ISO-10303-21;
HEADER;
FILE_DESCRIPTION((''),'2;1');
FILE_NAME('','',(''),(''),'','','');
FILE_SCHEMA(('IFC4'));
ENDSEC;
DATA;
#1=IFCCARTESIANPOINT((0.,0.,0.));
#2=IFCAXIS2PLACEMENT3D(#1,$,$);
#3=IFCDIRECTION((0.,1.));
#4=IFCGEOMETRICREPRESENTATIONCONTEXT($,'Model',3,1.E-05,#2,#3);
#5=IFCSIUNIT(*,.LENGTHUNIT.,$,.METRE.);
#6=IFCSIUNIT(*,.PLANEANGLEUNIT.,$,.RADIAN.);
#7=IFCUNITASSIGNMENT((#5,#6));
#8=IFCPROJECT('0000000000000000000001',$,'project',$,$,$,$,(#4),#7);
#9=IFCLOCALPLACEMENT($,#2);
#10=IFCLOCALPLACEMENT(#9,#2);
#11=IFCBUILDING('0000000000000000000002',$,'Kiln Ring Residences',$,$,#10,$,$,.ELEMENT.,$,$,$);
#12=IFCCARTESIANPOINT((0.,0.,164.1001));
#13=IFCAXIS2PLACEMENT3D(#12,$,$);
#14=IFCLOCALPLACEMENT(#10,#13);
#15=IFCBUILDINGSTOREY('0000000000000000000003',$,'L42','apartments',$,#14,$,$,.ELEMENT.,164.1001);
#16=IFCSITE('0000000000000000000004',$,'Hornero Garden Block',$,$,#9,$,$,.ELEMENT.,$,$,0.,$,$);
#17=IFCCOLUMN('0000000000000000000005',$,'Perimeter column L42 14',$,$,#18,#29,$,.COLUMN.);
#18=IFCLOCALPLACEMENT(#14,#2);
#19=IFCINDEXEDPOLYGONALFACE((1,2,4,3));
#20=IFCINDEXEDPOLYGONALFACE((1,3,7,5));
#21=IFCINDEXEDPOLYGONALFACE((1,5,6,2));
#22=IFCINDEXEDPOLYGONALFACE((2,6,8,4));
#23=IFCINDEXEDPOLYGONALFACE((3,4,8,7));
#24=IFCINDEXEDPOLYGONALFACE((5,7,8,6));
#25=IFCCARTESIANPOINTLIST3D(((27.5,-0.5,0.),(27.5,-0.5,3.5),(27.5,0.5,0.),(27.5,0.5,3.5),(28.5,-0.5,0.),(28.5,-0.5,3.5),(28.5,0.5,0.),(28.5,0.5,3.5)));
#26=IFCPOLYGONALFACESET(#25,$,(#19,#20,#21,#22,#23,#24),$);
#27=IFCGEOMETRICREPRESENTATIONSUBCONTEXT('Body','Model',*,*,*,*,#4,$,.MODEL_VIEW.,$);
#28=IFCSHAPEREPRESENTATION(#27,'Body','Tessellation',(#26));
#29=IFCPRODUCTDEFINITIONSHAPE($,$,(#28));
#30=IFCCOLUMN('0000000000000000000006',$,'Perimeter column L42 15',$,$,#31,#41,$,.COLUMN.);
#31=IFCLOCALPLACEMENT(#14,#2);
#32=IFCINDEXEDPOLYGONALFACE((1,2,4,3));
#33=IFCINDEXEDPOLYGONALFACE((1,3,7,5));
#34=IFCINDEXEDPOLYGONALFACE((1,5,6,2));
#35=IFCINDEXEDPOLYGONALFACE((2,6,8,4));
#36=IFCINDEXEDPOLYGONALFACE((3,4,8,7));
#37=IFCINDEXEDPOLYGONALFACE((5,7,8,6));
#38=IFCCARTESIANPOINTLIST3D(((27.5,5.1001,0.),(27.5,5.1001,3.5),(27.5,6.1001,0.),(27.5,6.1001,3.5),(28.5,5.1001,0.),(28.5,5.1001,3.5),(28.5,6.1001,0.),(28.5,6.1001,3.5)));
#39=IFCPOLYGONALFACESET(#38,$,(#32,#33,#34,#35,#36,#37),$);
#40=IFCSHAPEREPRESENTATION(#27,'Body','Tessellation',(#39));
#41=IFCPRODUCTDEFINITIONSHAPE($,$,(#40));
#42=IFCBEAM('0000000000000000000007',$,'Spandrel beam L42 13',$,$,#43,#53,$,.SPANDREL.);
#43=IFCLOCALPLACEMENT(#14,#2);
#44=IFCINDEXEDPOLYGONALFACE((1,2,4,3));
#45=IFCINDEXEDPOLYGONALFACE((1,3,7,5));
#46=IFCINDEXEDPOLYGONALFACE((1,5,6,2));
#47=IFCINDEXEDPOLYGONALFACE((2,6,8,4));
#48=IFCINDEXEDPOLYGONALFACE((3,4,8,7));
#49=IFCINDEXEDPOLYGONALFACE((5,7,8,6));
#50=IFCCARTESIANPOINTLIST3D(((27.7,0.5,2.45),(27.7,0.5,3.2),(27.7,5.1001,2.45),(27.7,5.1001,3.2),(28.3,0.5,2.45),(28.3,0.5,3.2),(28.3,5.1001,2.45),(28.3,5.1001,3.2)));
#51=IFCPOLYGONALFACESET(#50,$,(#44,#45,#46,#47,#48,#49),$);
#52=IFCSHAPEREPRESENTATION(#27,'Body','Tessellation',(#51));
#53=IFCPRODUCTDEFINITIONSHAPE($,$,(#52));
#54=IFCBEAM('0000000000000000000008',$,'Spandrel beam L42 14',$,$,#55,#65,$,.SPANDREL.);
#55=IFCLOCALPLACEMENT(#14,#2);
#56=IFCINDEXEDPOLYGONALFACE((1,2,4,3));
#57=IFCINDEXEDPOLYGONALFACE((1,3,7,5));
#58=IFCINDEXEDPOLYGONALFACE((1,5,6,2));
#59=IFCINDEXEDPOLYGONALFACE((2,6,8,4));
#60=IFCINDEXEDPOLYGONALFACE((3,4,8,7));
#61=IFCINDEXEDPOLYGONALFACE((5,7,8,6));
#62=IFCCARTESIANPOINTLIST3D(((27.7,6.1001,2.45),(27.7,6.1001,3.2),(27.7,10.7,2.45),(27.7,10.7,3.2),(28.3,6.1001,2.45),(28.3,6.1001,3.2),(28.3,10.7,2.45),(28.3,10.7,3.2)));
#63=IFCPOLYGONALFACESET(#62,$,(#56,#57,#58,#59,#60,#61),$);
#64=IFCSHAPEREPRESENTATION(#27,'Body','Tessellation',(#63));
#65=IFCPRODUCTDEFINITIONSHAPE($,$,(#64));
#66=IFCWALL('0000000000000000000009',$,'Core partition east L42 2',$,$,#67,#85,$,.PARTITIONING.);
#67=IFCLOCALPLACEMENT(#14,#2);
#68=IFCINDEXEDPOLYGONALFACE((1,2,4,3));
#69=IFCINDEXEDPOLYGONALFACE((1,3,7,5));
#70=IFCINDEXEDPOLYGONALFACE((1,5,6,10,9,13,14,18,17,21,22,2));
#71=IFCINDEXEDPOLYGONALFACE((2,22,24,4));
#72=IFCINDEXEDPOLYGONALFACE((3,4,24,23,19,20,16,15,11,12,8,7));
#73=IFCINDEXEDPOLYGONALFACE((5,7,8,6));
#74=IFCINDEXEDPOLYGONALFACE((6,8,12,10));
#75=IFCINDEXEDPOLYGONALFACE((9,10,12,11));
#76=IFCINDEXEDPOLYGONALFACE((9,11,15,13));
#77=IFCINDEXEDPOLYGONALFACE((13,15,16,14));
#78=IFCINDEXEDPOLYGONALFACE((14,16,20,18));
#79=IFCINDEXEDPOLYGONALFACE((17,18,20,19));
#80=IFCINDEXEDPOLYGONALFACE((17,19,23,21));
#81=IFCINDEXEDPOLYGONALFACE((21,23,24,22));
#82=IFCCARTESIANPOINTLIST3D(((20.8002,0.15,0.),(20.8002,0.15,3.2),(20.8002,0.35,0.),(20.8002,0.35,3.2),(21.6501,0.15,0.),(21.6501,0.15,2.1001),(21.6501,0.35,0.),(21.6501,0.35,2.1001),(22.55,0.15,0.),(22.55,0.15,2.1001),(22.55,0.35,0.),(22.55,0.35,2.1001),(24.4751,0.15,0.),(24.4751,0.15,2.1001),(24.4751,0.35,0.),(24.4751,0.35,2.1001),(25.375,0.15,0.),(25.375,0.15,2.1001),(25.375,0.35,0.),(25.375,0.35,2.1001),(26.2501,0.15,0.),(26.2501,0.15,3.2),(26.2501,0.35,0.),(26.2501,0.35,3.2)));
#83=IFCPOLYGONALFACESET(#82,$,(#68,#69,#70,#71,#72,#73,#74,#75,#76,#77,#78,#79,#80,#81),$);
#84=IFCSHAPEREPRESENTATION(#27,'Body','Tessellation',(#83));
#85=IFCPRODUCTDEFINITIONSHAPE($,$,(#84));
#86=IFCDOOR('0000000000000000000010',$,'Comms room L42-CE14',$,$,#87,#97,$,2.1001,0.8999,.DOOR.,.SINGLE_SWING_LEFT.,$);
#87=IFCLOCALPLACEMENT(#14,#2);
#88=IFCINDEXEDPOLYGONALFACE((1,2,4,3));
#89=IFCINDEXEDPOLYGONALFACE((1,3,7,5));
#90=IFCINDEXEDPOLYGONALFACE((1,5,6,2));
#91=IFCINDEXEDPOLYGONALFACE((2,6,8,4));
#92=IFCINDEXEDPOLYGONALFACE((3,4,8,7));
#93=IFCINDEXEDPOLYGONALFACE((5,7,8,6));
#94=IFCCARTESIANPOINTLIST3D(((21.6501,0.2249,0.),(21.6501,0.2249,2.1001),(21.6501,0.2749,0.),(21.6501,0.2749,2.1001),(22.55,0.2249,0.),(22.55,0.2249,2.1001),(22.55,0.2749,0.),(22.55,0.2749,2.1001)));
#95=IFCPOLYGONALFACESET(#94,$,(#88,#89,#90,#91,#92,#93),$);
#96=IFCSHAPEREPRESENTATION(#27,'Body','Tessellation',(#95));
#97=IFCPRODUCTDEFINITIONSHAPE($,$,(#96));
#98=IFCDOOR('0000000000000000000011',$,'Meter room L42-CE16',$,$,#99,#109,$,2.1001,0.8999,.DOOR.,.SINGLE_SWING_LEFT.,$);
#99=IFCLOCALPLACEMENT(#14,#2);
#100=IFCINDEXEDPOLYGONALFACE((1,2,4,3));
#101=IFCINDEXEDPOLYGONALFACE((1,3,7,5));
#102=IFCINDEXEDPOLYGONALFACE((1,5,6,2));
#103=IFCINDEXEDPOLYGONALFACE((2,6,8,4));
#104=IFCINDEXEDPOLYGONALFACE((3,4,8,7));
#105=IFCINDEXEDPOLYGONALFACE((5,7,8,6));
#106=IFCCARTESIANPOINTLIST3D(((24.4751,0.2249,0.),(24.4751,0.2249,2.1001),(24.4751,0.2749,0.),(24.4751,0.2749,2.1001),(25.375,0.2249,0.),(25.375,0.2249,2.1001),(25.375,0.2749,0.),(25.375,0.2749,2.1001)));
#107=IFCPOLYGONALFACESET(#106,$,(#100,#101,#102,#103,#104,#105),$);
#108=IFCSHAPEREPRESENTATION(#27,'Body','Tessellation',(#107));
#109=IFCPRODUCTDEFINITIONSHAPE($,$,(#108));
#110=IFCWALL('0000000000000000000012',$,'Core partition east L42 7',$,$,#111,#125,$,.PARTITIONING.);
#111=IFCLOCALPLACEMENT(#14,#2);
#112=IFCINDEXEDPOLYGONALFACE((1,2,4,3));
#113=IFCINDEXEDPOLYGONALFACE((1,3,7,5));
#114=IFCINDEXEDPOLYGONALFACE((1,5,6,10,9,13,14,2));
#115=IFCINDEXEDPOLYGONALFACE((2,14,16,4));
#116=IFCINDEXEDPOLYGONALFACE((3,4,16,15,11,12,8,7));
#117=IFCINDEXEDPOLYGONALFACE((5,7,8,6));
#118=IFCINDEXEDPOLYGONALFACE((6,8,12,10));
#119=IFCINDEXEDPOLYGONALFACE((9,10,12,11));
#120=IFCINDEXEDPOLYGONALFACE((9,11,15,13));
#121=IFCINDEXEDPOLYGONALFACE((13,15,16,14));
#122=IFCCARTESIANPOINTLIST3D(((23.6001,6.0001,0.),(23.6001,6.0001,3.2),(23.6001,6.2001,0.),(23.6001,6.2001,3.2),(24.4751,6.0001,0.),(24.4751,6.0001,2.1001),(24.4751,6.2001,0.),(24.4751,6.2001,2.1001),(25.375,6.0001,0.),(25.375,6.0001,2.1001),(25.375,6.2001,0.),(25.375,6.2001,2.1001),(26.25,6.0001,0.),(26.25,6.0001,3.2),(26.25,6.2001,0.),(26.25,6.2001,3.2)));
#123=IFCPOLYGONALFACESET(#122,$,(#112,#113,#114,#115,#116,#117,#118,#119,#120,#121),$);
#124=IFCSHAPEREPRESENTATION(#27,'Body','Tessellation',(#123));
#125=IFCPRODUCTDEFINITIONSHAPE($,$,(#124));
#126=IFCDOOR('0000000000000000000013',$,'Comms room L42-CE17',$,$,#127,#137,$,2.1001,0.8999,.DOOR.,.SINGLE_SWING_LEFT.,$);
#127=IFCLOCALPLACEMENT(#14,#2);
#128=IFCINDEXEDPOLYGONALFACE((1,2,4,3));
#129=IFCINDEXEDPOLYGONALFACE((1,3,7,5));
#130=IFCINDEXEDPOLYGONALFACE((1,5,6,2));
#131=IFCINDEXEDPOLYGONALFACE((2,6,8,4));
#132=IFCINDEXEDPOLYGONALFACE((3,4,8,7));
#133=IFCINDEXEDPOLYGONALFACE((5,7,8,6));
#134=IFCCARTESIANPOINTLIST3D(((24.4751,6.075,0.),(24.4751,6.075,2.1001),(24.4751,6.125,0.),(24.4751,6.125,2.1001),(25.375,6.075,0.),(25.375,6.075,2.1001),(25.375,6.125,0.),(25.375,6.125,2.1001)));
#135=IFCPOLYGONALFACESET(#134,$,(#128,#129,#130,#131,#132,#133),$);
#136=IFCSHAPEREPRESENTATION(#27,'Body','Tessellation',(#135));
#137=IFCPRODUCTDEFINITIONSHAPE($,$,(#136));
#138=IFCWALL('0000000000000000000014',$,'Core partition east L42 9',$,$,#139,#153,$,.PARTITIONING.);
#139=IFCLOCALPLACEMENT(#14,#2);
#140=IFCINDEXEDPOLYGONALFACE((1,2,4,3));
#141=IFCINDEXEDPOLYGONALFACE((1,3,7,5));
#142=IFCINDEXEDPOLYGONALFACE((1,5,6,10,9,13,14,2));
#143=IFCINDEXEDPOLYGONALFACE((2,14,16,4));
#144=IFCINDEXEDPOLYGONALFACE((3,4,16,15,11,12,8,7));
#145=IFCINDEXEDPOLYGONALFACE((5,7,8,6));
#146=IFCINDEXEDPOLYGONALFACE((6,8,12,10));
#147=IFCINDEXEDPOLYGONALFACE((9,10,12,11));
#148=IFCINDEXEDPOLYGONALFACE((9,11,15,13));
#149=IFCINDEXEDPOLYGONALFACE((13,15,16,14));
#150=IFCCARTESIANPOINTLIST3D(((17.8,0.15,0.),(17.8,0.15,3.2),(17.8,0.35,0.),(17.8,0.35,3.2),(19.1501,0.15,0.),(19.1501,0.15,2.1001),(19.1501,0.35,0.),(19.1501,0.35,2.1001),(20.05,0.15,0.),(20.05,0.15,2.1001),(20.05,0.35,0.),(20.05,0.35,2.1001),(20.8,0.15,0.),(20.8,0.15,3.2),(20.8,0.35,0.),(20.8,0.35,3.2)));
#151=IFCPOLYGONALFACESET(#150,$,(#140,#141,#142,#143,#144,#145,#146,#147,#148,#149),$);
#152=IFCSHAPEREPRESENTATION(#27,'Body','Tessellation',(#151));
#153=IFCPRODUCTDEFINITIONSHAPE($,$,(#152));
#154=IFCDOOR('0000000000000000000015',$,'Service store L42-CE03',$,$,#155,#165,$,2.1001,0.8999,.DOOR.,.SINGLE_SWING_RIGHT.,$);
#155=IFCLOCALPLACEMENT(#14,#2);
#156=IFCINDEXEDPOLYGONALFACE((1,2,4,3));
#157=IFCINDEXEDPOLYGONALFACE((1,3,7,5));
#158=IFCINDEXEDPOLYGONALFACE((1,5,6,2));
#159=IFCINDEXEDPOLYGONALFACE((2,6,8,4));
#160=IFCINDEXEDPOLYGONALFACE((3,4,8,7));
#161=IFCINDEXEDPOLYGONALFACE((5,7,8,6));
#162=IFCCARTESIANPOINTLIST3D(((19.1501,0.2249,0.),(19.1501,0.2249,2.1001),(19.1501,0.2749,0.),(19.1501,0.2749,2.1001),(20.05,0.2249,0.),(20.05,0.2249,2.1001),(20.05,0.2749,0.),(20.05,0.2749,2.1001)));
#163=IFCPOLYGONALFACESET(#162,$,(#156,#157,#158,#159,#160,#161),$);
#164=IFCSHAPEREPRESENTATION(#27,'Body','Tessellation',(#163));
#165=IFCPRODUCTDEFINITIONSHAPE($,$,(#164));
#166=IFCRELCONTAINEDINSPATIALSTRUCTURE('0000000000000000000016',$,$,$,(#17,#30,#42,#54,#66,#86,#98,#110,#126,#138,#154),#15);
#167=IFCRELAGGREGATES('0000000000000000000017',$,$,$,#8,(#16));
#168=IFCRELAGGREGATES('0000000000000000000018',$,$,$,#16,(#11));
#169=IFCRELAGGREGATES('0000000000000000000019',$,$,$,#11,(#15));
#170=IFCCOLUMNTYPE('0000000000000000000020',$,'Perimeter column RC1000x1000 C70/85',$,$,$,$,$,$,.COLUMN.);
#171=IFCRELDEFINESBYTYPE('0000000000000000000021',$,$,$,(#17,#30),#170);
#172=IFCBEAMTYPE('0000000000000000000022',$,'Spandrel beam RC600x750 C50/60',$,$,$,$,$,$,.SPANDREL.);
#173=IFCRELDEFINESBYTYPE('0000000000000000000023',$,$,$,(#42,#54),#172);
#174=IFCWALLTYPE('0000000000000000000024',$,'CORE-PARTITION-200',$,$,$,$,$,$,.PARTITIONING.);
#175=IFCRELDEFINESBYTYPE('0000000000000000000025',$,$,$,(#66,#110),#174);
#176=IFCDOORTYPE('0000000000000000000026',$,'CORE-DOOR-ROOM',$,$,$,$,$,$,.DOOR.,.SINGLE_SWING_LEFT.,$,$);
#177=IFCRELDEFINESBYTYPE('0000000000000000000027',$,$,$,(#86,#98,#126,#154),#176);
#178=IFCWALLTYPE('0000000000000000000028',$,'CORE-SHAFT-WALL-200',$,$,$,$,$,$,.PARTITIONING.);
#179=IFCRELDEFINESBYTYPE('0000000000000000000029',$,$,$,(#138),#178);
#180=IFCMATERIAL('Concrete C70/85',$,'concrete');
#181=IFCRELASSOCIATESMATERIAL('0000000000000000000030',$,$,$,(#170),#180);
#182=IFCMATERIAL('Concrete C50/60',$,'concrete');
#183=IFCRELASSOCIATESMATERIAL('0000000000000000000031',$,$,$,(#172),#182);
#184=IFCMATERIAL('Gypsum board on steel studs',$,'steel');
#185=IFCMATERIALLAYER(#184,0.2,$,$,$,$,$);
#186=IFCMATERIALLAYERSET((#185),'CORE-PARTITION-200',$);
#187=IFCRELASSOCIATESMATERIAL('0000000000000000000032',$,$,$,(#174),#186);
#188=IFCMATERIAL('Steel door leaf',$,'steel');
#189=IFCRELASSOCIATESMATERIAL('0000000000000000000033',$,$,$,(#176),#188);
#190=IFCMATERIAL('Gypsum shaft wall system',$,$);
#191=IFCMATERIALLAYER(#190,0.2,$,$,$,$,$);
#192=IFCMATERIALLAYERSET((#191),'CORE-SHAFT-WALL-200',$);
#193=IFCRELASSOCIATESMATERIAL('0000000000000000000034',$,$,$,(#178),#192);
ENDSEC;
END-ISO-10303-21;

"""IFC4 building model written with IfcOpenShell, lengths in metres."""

from ifc_helpers import new_model, si_unit, direction, frame, frame_2d, origin, origin_2d, place, context, subcontext, project, spatial, rectangle, extrude, material, layer, layer_set, material_profile, profile_set, type_object, element, fill, save


model = new_model("IFC4")

# Units and contexts
model_context = context("Model", 3, precision=1e-05, world=origin(), true_north=direction((0.0, 1.0)))
body_context = subcontext(model_context, "Body", "Model", "MODEL_VIEW")
ifc_project = project(units=[si_unit("LENGTHUNIT", "METRE"), si_unit("PLANEANGLEUNIT", "RADIAN")], contexts=[model_context])

# Site, building, storey
site_placement = place(None, origin())
site = spatial("IfcSite", under=ifc_project, at=site_placement, Name="Hornero Garden Block", CompositionType="ELEMENT", RefElevation=0.0)
building_placement = place(site_placement, origin())
building = spatial("IfcBuilding", under=site, at=building_placement, Name="Kiln Ring Residences", CompositionType="ELEMENT")
storey_placement = place(building_placement, frame((0.0, 0.0, 164.1001)))
storey = spatial("IfcBuildingStorey", under=building, at=storey_placement, Name="L42", Description="apartments", CompositionType="ELEMENT", Elevation=164.1001)

# Columns
ifc_material_1 = material(Name="Concrete C70/85", Category="concrete")
ifc_material_profile_1 = material_profile(ifc_material_1, rectangle(XDim=1.0, YDim=1.0, at=origin_2d()), Name="RC1000x1000")
ifc_profile_set_1 = profile_set([ifc_material_profile_1], Name="Concrete C70/85")
column_type = type_object("IfcColumnType", Name="Perimeter column RC1000x1000 C70/85", PredefinedType="COLUMN", material=ifc_profile_set_1)
for number, where, z_axis, x_axis, name in (
    (1, (28.0, 0.0, 0.0), (0.0, 0.0, 1.0), (1.0, 0.0, 0.0), "Perimeter column L42 14"),
    (2, (28.0, 5.6001, 0.0), (0.0, 0.0, 1.0), (1.0, 0.0, 0.0), "Perimeter column L42 15"),
):
    element("IfcColumn", number, at=place(storey_placement, frame(where, z_axis=z_axis, x_axis=x_axis)), inside=storey, type_object=column_type, Name=name, PredefinedType="COLUMN", context=body_context, shape_type="SweptSolid", body=[
        extrude(rectangle(XDim=1.0, YDim=1.0, at=origin_2d()), origin(), (0.0, 0.0, 1.0), 3.5),
    ])

# Beams
ifc_material_2 = material(Name="Concrete C50/60", Category="concrete")
ifc_material_profile_2 = material_profile(ifc_material_2, rectangle(XDim=0.6001, YDim=0.75, at=origin_2d()), Name="RC600x750")
ifc_profile_set_2 = profile_set([ifc_material_profile_2], Name="Concrete C50/60")
beam_type = type_object("IfcBeamType", Name="Spandrel beam RC600x750 C50/60", PredefinedType="SPANDREL", material=ifc_profile_set_2)
beam_1_placement = place(storey_placement, frame((28.0, 0.5, 2.825), z_axis=(0.0, 1.0, 0.0), x_axis=(-1.0, 0.0, 0.0)))
element("IfcBeam", 3, at=beam_1_placement, inside=storey, type_object=beam_type, Name="Spandrel beam L42 13", PredefinedType="SPANDREL", context=body_context, shape_type="SweptSolid", body=[
    extrude(rectangle(XDim=0.6001, YDim=0.75, at=origin_2d()), origin(), (0.0, 0.0, 1.0), 4.6001),
])
beam_2_placement = place(storey_placement, frame((28.0, 6.1001, 2.825), z_axis=(0.0, 1.0, 0.0), x_axis=(-1.0, 0.0, 0.0)))
element("IfcBeam", 4, at=beam_2_placement, inside=storey, type_object=beam_type, Name="Spandrel beam L42 14", PredefinedType="SPANDREL", context=body_context, shape_type="SweptSolid", body=[
    extrude(rectangle(XDim=0.6001, YDim=0.75, at=origin_2d()), origin(), (0.0, 0.0, 1.0), 4.5999),
])

# Wall, openings, doors
ifc_material_3 = material(Name="Gypsum board on steel studs", Category="steel")
ifc_layer_1 = layer(ifc_material_3, 0.2)
ifc_layer_set_1 = layer_set([ifc_layer_1], Name="CORE-PARTITION-200")
wall_type_1 = type_object("IfcWallType", Name="CORE-PARTITION-200", PredefinedType="PARTITIONING", material=ifc_layer_set_1)
wall_1_placement = place(storey_placement, frame((20.8, 0.25, 0.0), z_axis=(0.0, 0.0, 1.0), x_axis=(1.0, 0.0, 0.0)))
wall_1 = element("IfcWall", 5, at=wall_1_placement, inside=storey, type_object=wall_type_1, Name="Core partition east L42 2", PredefinedType="PARTITIONING", context=body_context, shape_type="SweptSolid", body=[
    extrude(rectangle(XDim=5.45, YDim=0.2, at=frame_2d((2.7251, 0.0))), origin(), (0.0, 0.0, 1.0), 3.2),
])
opening_1_placement = place(wall_1_placement, frame((0.8501, 0.0, 0.0)))
opening_1 = element("IfcOpeningElement", 6, at=opening_1_placement, cuts=wall_1, PredefinedType="OPENING", context=body_context, shape_type="SweptSolid", body=[
    extrude(rectangle(XDim=0.8999, YDim=2.1001, at=frame_2d((0.45, 1.05))), frame((0.0, 0.1099, 0.0), z_axis=(0.0, -1.0, 0.0), x_axis=(1.0, 0.0, 0.0)), (0.0, 0.0, 1.0), 0.22),
])
opening_2_placement = place(wall_1_placement, frame((3.675, 0.0, 0.0)))
opening_2 = element("IfcOpeningElement", 7, at=opening_2_placement, cuts=wall_1, PredefinedType="OPENING", context=body_context, shape_type="SweptSolid", body=[
    extrude(rectangle(XDim=0.8999, YDim=2.1001, at=frame_2d((0.45, 1.05))), frame((0.0, 0.1099, 0.0), z_axis=(0.0, -1.0, 0.0), x_axis=(1.0, 0.0, 0.0)), (0.0, 0.0, 1.0), 0.22),
])
ifc_material_4 = material(Name="Steel door leaf", Category="steel")
door_type = type_object("IfcDoorType", Name="CORE-DOOR-ROOM", OperationType="SINGLE_SWING_LEFT", PredefinedType="DOOR", material=ifc_material_4)
door_1_placement = place(opening_1_placement, origin())
door_1 = element("IfcDoor", 8, at=door_1_placement, inside=storey, type_object=door_type, Name="Comms room L42-CE14", OperationType="SINGLE_SWING_LEFT", OverallHeight=2.1001, OverallWidth=0.8999, PredefinedType="DOOR", context=body_context, shape_type="SweptSolid", body=[
    extrude(rectangle(XDim=0.8999, YDim=2.1001, at=frame_2d((0.45, 1.05))), frame((0.0, 0.0249, 0.0), z_axis=(0.0, -1.0, 0.0), x_axis=(1.0, 0.0, 0.0)), (0.0, 0.0, 1.0), 0.05),
])
fill(opening_1, door_1)
door_2_placement = place(opening_2_placement, origin())
door_2 = element("IfcDoor", 9, at=door_2_placement, inside=storey, type_object=door_type, Name="Meter room L42-CE16", OperationType="SINGLE_SWING_LEFT", OverallHeight=2.1001, OverallWidth=0.8999, PredefinedType="DOOR", context=body_context, shape_type="SweptSolid", body=[
    extrude(rectangle(XDim=0.8999, YDim=2.1001, at=frame_2d((0.45, 1.05))), frame((0.0, 0.0249, 0.0), z_axis=(0.0, -1.0, 0.0), x_axis=(1.0, 0.0, 0.0)), (0.0, 0.0, 1.0), 0.05),
])
fill(opening_2, door_2)

# Walls, openings, doors
wall_2_placement = place(storey_placement, frame((23.6001, 6.1001, 0.0), z_axis=(0.0, 0.0, 1.0), x_axis=(1.0, 0.0, 0.0)))
wall_2 = element("IfcWall", 10, at=wall_2_placement, inside=storey, type_object=wall_type_1, Name="Core partition east L42 7", PredefinedType="PARTITIONING", context=body_context, shape_type="SweptSolid", body=[
    extrude(rectangle(XDim=2.6499, YDim=0.2, at=frame_2d((1.325, 0.0))), origin(), (0.0, 0.0, 1.0), 3.2),
])
opening_3_placement = place(wall_2_placement, frame((0.875, 0.0, 0.0)))
opening_3 = element("IfcOpeningElement", 11, at=opening_3_placement, cuts=wall_2, PredefinedType="OPENING", context=body_context, shape_type="SweptSolid", body=[
    extrude(rectangle(XDim=0.8999, YDim=2.1001, at=frame_2d((0.45, 1.05))), frame((0.0, 0.1099, 0.0), z_axis=(0.0, -1.0, 0.0), x_axis=(1.0, 0.0, 0.0)), (0.0, 0.0, 1.0), 0.22),
])
door_3_placement = place(opening_3_placement, origin())
door_3 = element("IfcDoor", 12, at=door_3_placement, inside=storey, type_object=door_type, Name="Comms room L42-CE17", OperationType="SINGLE_SWING_LEFT", OverallHeight=2.1001, OverallWidth=0.8999, PredefinedType="DOOR", context=body_context, shape_type="SweptSolid", body=[
    extrude(rectangle(XDim=0.8999, YDim=2.1001, at=frame_2d((0.45, 1.05))), frame((0.0, 0.0249, 0.0), z_axis=(0.0, -1.0, 0.0), x_axis=(1.0, 0.0, 0.0)), (0.0, 0.0, 1.0), 0.05),
])
fill(opening_3, door_3)
ifc_material_5 = material(Name="Gypsum shaft wall system")
ifc_layer_2 = layer(ifc_material_5, 0.2)
ifc_layer_set_2 = layer_set([ifc_layer_2], Name="CORE-SHAFT-WALL-200")
wall_type_2 = type_object("IfcWallType", Name="CORE-SHAFT-WALL-200", PredefinedType="PARTITIONING", material=ifc_layer_set_2)
wall_3_placement = place(storey_placement, frame((17.8, 0.25, 0.0), z_axis=(0.0, 0.0, 1.0), x_axis=(1.0, 0.0, 0.0)))
wall_3 = element("IfcWall", 13, at=wall_3_placement, inside=storey, type_object=wall_type_2, Name="Core partition east L42 9", PredefinedType="PARTITIONING", context=body_context, shape_type="SweptSolid", body=[
    extrude(rectangle(XDim=3.0, YDim=0.2, at=frame_2d((1.5, 0.0))), origin(), (0.0, 0.0, 1.0), 3.2),
])
opening_4_placement = place(wall_3_placement, frame((1.3501, 0.0, 0.0)))
opening_4 = element("IfcOpeningElement", 14, at=opening_4_placement, cuts=wall_3, PredefinedType="OPENING", context=body_context, shape_type="SweptSolid", body=[
    extrude(rectangle(XDim=0.8999, YDim=2.1001, at=frame_2d((0.45, 1.05))), frame((0.0, 0.1099, 0.0), z_axis=(0.0, -1.0, 0.0), x_axis=(1.0, 0.0, 0.0)), (0.0, 0.0, 1.0), 0.22),
])
door_4_placement = place(opening_4_placement, origin())
door_4 = element("IfcDoor", 15, at=door_4_placement, inside=storey, type_object=door_type, Name="Service store L42-CE03", OperationType="SINGLE_SWING_RIGHT", OverallHeight=2.1001, OverallWidth=0.8999, PredefinedType="DOOR", context=body_context, shape_type="SweptSolid", body=[
    extrude(rectangle(XDim=0.8999, YDim=2.1001, at=frame_2d((0.45, 1.05))), frame((0.0, 0.0249, 0.0), z_axis=(0.0, -1.0, 0.0), x_axis=(1.0, 0.0, 0.0)), (0.0, 0.0, 1.0), 0.05),
])
fill(opening_4, door_4)

save(model, "model.ifc")
